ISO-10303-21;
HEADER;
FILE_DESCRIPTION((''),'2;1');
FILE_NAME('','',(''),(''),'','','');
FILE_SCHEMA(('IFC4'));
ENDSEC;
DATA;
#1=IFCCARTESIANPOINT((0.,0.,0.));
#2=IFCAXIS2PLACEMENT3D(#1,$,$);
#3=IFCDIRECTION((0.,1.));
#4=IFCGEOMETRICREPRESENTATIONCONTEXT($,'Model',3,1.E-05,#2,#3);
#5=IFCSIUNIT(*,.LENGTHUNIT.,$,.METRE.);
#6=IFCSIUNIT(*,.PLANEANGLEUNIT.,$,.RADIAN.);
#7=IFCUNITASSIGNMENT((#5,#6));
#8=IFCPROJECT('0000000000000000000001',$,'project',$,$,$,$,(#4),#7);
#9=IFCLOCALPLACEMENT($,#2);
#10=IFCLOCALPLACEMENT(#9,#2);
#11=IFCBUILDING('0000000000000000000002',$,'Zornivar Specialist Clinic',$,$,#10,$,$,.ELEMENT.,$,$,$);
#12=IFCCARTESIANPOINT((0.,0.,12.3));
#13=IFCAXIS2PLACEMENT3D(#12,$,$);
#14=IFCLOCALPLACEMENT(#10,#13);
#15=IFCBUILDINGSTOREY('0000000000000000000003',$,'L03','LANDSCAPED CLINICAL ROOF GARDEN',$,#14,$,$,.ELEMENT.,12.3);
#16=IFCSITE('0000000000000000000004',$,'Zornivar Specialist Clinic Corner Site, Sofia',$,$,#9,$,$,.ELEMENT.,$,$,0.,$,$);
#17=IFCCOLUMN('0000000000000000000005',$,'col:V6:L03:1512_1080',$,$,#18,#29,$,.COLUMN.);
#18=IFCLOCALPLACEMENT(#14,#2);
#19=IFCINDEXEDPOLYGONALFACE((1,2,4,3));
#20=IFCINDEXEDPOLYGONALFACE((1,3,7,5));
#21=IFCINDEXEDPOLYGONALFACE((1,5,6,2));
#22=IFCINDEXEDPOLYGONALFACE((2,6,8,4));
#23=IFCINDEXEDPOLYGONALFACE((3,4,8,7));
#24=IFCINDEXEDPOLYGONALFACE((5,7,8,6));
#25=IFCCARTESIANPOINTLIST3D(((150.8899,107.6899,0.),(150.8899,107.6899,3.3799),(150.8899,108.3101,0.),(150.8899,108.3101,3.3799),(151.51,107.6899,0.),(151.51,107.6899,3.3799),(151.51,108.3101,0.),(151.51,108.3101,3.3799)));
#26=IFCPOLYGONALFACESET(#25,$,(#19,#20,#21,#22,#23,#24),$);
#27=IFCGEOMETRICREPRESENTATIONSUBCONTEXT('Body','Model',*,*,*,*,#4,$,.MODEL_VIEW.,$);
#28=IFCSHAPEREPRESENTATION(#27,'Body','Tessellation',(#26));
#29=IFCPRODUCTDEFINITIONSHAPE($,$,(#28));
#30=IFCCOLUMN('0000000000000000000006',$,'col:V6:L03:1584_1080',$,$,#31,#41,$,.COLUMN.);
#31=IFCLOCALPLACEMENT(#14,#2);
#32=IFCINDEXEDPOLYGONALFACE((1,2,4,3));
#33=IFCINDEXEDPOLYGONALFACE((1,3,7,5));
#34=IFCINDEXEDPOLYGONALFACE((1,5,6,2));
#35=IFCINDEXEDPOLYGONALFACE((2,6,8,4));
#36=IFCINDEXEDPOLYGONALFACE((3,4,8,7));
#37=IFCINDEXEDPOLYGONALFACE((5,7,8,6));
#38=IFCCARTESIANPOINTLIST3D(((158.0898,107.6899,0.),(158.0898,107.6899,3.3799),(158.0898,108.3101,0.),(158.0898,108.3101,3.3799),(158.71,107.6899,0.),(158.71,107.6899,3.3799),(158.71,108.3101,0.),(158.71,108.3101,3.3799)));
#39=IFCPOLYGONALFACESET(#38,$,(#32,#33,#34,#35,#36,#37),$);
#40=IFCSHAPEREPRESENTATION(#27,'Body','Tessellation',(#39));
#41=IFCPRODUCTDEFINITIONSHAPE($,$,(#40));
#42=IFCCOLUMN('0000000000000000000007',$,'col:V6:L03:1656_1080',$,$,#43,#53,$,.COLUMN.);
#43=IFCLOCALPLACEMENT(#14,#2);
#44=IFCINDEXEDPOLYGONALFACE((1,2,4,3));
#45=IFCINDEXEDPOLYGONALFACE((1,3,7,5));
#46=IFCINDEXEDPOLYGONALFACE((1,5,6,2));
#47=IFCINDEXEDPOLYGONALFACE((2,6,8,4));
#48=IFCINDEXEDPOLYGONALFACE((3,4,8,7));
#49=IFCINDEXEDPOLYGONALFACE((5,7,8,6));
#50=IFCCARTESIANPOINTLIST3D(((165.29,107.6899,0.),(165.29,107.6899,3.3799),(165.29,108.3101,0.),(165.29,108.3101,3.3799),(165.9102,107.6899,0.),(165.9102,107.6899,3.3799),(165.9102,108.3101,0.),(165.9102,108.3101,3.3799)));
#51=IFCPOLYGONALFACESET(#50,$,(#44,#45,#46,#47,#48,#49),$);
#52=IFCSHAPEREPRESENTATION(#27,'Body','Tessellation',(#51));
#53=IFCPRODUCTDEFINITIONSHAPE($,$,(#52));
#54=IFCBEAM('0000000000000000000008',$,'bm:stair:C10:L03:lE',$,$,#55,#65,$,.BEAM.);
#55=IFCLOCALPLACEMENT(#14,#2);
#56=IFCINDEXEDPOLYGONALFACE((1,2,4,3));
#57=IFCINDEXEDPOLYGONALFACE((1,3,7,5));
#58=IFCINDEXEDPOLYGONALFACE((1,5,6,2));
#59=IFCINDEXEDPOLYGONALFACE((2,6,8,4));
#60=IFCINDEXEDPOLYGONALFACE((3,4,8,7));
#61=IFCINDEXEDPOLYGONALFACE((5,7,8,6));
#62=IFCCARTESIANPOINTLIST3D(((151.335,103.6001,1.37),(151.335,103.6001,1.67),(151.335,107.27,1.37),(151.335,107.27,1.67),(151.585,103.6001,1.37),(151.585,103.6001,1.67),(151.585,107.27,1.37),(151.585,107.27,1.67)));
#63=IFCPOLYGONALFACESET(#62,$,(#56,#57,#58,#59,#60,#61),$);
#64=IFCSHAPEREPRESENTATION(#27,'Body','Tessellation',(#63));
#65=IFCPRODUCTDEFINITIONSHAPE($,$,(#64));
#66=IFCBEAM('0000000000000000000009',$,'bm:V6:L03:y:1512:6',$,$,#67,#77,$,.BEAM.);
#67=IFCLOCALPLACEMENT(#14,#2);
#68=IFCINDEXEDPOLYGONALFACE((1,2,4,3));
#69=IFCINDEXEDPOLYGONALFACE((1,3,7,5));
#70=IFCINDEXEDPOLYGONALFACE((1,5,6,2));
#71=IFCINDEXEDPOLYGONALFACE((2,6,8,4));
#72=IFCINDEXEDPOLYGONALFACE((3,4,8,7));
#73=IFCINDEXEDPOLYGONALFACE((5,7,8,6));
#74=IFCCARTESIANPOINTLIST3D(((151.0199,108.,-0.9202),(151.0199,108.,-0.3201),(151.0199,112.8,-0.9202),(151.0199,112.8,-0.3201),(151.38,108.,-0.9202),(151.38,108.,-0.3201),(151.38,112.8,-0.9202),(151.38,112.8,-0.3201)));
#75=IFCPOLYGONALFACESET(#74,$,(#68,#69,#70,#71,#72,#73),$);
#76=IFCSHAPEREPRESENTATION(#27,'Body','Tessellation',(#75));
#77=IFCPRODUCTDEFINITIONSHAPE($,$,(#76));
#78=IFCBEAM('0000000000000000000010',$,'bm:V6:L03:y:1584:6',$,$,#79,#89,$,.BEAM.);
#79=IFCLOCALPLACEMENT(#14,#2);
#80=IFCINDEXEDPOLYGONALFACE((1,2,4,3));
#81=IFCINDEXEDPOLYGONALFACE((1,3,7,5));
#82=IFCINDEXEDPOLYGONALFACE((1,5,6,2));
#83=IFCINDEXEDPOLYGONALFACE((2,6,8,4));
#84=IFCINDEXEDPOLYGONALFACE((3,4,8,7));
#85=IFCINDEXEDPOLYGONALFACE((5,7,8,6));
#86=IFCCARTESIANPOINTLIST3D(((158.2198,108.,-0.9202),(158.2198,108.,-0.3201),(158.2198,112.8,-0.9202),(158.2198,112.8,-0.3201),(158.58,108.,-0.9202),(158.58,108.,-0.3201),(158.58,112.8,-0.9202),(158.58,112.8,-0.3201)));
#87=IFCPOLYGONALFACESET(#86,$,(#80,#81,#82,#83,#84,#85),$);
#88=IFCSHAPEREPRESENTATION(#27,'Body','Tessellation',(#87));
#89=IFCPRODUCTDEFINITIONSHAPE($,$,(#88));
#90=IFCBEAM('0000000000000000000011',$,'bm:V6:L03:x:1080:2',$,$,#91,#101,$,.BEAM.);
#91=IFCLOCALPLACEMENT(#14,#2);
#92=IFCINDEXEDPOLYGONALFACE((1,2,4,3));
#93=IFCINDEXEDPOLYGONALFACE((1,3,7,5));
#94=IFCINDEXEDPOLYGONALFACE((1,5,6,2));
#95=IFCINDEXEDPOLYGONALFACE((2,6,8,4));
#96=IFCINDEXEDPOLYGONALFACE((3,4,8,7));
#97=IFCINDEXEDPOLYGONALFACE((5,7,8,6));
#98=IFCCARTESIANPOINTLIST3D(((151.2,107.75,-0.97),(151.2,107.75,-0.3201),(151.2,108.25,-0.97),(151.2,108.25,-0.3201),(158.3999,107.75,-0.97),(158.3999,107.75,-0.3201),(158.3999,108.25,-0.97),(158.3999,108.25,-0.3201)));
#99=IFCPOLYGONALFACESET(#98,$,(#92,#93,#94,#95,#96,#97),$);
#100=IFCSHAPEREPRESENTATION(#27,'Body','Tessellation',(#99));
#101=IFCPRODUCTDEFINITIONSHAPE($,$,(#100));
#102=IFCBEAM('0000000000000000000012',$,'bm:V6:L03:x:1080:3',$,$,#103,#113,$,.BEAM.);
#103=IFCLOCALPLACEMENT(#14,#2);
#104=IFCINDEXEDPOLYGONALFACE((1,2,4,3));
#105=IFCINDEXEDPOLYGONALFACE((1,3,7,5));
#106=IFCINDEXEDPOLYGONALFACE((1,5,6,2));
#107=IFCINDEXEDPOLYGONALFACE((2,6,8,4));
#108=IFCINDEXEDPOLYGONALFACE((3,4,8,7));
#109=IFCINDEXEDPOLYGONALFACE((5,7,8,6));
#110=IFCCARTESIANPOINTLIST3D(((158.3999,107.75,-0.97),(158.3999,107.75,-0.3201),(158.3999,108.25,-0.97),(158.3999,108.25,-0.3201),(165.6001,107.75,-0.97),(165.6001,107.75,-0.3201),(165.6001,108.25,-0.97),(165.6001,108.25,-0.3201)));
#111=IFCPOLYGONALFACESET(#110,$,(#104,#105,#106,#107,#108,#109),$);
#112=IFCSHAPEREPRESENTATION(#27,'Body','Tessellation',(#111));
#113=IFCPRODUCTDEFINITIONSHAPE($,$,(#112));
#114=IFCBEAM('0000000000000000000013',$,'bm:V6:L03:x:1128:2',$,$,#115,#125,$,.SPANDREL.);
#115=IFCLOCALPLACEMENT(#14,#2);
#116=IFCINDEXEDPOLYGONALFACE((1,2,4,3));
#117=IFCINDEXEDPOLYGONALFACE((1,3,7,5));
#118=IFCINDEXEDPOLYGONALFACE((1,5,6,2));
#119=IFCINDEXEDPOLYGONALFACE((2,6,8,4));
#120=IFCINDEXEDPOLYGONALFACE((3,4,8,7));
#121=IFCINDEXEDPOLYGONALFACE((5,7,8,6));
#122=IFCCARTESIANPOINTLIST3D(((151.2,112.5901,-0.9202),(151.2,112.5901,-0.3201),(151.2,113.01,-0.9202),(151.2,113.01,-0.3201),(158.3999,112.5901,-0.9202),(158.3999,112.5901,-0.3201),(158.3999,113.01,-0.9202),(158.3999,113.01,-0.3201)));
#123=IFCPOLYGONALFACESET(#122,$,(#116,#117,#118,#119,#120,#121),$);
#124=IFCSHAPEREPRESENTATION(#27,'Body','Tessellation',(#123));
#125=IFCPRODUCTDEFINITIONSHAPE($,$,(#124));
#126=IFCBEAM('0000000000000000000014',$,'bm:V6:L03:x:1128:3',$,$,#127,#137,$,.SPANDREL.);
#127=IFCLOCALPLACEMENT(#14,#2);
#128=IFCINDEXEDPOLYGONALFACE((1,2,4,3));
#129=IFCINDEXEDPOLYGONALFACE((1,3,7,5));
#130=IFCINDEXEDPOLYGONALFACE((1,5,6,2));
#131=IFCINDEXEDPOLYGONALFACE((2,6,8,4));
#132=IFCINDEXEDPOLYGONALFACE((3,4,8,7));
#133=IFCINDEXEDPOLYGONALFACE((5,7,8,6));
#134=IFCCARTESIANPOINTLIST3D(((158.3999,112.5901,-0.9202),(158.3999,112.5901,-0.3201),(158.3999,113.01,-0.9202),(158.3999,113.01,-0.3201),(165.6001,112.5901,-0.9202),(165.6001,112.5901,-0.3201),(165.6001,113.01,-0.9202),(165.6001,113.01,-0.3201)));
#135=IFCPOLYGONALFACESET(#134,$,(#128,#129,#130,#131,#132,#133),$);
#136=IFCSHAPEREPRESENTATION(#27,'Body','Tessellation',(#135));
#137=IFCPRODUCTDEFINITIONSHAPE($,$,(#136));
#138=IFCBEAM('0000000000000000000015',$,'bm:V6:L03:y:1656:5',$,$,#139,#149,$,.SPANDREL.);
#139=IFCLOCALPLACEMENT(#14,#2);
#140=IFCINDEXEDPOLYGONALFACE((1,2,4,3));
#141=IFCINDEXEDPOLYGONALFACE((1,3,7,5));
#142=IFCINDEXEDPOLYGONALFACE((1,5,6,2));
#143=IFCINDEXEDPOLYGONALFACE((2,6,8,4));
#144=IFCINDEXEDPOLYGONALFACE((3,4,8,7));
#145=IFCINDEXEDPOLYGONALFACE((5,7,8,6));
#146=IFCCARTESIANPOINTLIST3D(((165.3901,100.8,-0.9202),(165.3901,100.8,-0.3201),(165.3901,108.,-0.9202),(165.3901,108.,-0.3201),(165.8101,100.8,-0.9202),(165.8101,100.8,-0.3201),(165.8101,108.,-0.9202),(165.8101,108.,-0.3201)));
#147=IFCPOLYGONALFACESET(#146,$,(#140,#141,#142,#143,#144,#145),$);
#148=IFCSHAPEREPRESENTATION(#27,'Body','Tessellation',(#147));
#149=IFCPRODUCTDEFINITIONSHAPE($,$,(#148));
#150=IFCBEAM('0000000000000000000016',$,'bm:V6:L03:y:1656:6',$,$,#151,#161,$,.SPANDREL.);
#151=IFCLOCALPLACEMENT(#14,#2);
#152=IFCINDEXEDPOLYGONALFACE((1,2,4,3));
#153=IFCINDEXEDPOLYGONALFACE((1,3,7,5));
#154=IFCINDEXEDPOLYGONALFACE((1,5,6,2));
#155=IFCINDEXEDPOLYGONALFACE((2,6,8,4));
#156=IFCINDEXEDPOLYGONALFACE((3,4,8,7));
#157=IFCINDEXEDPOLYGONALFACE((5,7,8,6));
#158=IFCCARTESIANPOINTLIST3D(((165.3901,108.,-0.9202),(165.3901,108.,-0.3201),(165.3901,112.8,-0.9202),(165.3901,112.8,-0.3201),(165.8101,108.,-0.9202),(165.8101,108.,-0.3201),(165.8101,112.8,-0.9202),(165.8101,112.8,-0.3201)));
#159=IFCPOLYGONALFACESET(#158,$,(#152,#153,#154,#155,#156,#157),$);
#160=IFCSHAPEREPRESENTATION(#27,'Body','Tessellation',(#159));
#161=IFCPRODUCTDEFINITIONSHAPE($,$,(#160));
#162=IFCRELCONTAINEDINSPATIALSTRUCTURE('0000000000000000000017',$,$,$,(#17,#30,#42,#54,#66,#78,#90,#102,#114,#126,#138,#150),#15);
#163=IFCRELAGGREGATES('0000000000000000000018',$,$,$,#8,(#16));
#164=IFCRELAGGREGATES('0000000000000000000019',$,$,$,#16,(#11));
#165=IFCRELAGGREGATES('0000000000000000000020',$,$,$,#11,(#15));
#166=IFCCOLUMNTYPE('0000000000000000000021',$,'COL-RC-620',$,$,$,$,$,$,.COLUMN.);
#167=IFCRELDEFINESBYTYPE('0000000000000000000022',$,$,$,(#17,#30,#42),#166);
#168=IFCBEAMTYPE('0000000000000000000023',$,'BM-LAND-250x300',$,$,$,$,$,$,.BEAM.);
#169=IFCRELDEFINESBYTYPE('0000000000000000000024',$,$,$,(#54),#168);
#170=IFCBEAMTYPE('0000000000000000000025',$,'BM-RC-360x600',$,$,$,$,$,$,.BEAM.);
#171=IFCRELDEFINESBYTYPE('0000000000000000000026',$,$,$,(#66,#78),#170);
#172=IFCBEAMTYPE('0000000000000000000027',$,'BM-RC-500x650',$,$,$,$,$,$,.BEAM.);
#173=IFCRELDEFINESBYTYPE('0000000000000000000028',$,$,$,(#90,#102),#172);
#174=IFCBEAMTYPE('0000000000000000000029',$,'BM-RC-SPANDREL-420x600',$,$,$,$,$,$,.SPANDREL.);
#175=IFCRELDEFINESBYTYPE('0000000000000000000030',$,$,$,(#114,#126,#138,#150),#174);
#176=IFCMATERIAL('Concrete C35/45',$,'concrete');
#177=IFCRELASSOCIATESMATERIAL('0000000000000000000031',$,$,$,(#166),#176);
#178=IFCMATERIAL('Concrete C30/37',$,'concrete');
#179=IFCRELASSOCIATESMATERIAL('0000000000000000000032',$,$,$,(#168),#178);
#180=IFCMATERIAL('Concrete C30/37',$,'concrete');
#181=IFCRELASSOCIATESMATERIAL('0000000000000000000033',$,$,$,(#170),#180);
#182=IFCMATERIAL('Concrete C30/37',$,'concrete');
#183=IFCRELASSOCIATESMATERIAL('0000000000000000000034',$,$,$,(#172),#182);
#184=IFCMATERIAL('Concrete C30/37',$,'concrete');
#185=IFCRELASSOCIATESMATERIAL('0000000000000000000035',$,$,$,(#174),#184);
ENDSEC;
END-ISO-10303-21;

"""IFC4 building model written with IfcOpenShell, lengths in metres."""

from ifc_helpers import new_model, si_unit, direction, frame, origin, origin_2d, place, context, subcontext, project, spatial, rectangle, extrude, material, material_profile, profile_set, type_object, element, save


model = new_model("IFC4")

# Units and contexts
model_context = context("Model", 3, precision=1e-05, world=origin(), true_north=direction((0.0, 1.0)))
body_context = subcontext(model_context, "Body", "Model", "MODEL_VIEW")
ifc_project = project(units=[si_unit("LENGTHUNIT", "METRE"), si_unit("PLANEANGLEUNIT", "RADIAN")], contexts=[model_context])

# Site, building, storey
site_placement = place(None, origin())
site = spatial("IfcSite", under=ifc_project, at=site_placement, Name="Zornivar Specialist Clinic Corner Site, Sofia", CompositionType="ELEMENT", RefElevation=0.0)
building_placement = place(site_placement, origin())
building = spatial("IfcBuilding", under=site, at=building_placement, Name="Zornivar Specialist Clinic", CompositionType="ELEMENT")
storey_placement = place(building_placement, frame((0.0, 0.0, 12.3)))
storey = spatial("IfcBuildingStorey", under=building, at=storey_placement, Name="L03", Description="LANDSCAPED CLINICAL ROOF GARDEN", CompositionType="ELEMENT", Elevation=12.3)

# Columns
ifc_material_1 = material(Name="Concrete C35/45", Category="concrete")
ifc_material_profile_1 = material_profile(ifc_material_1, rectangle(XDim=0.6201, YDim=0.6201, at=origin_2d()), Name="RC 620x620")
ifc_profile_set_1 = profile_set([ifc_material_profile_1], Name="Concrete C35/45")
column_type = type_object("IfcColumnType", Name="COL-RC-620", PredefinedType="COLUMN", material=ifc_profile_set_1)
for number, where, z_axis, x_axis, name in (
    (1, (151.2, 108.0, 0.0), (0.0, 0.0, 1.0), (1.0, 0.0, 0.0), "col:V6:L03:1512_1080"),
    (2, (158.3999, 108.0, 0.0), (0.0, 0.0, 1.0), (1.0, 0.0, 0.0), "col:V6:L03:1584_1080"),
    (3, (165.6001, 108.0, 0.0), (0.0, 0.0, 1.0), (1.0, 0.0, 0.0), "col:V6:L03:1656_1080"),
):
    element("IfcColumn", number, at=place(storey_placement, frame(where, z_axis=z_axis, x_axis=x_axis)), inside=storey, type_object=column_type, Name=name, PredefinedType="COLUMN", context=body_context, shape_type="SweptSolid", body=[
        extrude(rectangle(XDim=0.6201, YDim=0.6201, at=origin_2d()), origin(), (0.0, 0.0, 1.0), 3.3799),
    ])

# Beams
ifc_material_2 = material(Name="Concrete C30/37", Category="concrete")
ifc_material_profile_2 = material_profile(ifc_material_2, rectangle(XDim=0.25, YDim=0.3, at=origin_2d()), Name="RC 250x300")
ifc_profile_set_2 = profile_set([ifc_material_profile_2], Name="Concrete C30/37")
beam_type_1 = type_object("IfcBeamType", Name="BM-LAND-250x300", PredefinedType="BEAM", material=ifc_profile_set_2)
beam_1_placement = place(storey_placement, frame((151.46, 103.6001, 1.52), z_axis=(0.0, 1.0, 0.0), x_axis=(-1.0, 0.0, 0.0)))
element("IfcBeam", 4, at=beam_1_placement, inside=storey, type_object=beam_type_1, Name="bm:stair:C10:L03:lE", PredefinedType="BEAM", context=body_context, shape_type="SweptSolid", body=[
    extrude(rectangle(XDim=0.25, YDim=0.3, at=origin_2d()), origin(), (0.0, 0.0, 1.0), 3.6699),
])
ifc_material_3 = material(Name="Concrete C30/37", Category="concrete")
ifc_material_profile_3 = material_profile(ifc_material_3, rectangle(XDim=0.3601, YDim=0.6001, at=origin_2d()), Name="RC 360x600")
ifc_profile_set_3 = profile_set([ifc_material_profile_3], Name="Concrete C30/37")
beam_type_2 = type_object("IfcBeamType", Name="BM-RC-360x600", PredefinedType="BEAM", material=ifc_profile_set_3)
for number, where, z_axis, x_axis, name in (
    (5, (151.2, 108.0, -0.6201), (0.0, 1.0, 0.0), (-1.0, 0.0, 0.0), "bm:V6:L03:y:1512:6"),
    (6, (158.3999, 108.0, -0.6201), (0.0, 1.0, 0.0), (-1.0, 0.0, 0.0), "bm:V6:L03:y:1584:6"),
):
    element("IfcBeam", number, at=place(storey_placement, frame(where, z_axis=z_axis, x_axis=x_axis)), inside=storey, type_object=beam_type_2, Name=name, PredefinedType="BEAM", context=body_context, shape_type="SweptSolid", body=[
        extrude(rectangle(XDim=0.3601, YDim=0.6001, at=origin_2d()), origin(), (0.0, 0.0, 1.0), 4.8),
    ])
ifc_material_4 = material(Name="Concrete C30/37", Category="concrete")
ifc_material_profile_4 = material_profile(ifc_material_4, rectangle(XDim=0.5, YDim=0.6499, at=origin_2d()), Name="RC 500x650")
ifc_profile_set_4 = profile_set([ifc_material_profile_4], Name="Concrete C30/37")
beam_type_3 = type_object("IfcBeamType", Name="BM-RC-500x650", PredefinedType="BEAM", material=ifc_profile_set_4)
beam_2_placement = place(storey_placement, frame((151.2, 108.0, -0.645), z_axis=(1.0, 0.0, 0.0), x_axis=(0.0, 1.0, 0.0)))
element("IfcBeam", 7, at=beam_2_placement, inside=storey, type_object=beam_type_3, Name="bm:V6:L03:x:1080:2", PredefinedType="BEAM", context=body_context, shape_type="SweptSolid", body=[
    extrude(rectangle(XDim=0.5, YDim=0.6499, at=origin_2d()), origin(), (0.0, 0.0, 1.0), 7.2),
])
beam_3_placement = place(storey_placement, frame((158.3999, 108.0, -0.645), z_axis=(1.0, 0.0, 0.0), x_axis=(0.0, 1.0, 0.0)))
element("IfcBeam", 8, at=beam_3_placement, inside=storey, type_object=beam_type_3, Name="bm:V6:L03:x:1080:3", PredefinedType="BEAM", context=body_context, shape_type="SweptSolid", body=[
    extrude(rectangle(XDim=0.5, YDim=0.6499, at=origin_2d()), origin(), (0.0, 0.0, 1.0), 7.2002),
])
ifc_material_5 = material(Name="Concrete C30/37", Category="concrete")
ifc_material_profile_5 = material_profile(ifc_material_5, rectangle(XDim=0.4199, YDim=0.6001, at=origin_2d()), Name="RC 420x600")
ifc_profile_set_5 = profile_set([ifc_material_profile_5], Name="Concrete C30/37")
beam_type_4 = type_object("IfcBeamType", Name="BM-RC-SPANDREL-420x600", PredefinedType="SPANDREL", material=ifc_profile_set_5)
beam_4_placement = place(storey_placement, frame((151.2, 112.8, -0.6201), z_axis=(1.0, 0.0, 0.0), x_axis=(0.0, 1.0, 0.0)))
element("IfcBeam", 9, at=beam_4_placement, inside=storey, type_object=beam_type_4, Name="bm:V6:L03:x:1128:2", PredefinedType="SPANDREL", context=body_context, shape_type="SweptSolid", body=[
    extrude(rectangle(XDim=0.4199, YDim=0.6001, at=origin_2d()), origin(), (0.0, 0.0, 1.0), 7.2),
])
beam_5_placement = place(storey_placement, frame((158.3999, 112.8, -0.6201), z_axis=(1.0, 0.0, 0.0), x_axis=(0.0, 1.0, 0.0)))
element("IfcBeam", 10, at=beam_5_placement, inside=storey, type_object=beam_type_4, Name="bm:V6:L03:x:1128:3", PredefinedType="SPANDREL", context=body_context, shape_type="SweptSolid", body=[
    extrude(rectangle(XDim=0.4199, YDim=0.6001, at=origin_2d()), origin(), (0.0, 0.0, 1.0), 7.2002),
])
beam_6_placement = place(storey_placement, frame((165.6001, 100.8, -0.6201), z_axis=(0.0, 1.0, 0.0), x_axis=(-1.0, 0.0, 0.0)))
element("IfcBeam", 11, at=beam_6_placement, inside=storey, type_object=beam_type_4, Name="bm:V6:L03:y:1656:5", PredefinedType="SPANDREL", context=body_context, shape_type="SweptSolid", body=[
    extrude(rectangle(XDim=0.4199, YDim=0.6001, at=origin_2d()), origin(), (0.0, 0.0, 1.0), 7.2),
])
beam_7_placement = place(storey_placement, frame((165.6001, 108.0, -0.6201), z_axis=(0.0, 1.0, 0.0), x_axis=(-1.0, 0.0, 0.0)))
element("IfcBeam", 12, at=beam_7_placement, inside=storey, type_object=beam_type_4, Name="bm:V6:L03:y:1656:6", PredefinedType="SPANDREL", context=body_context, shape_type="SweptSolid", body=[
    extrude(rectangle(XDim=0.4199, YDim=0.6001, at=origin_2d()), origin(), (0.0, 0.0, 1.0), 4.8),
])

save(model, "model.ifc")
